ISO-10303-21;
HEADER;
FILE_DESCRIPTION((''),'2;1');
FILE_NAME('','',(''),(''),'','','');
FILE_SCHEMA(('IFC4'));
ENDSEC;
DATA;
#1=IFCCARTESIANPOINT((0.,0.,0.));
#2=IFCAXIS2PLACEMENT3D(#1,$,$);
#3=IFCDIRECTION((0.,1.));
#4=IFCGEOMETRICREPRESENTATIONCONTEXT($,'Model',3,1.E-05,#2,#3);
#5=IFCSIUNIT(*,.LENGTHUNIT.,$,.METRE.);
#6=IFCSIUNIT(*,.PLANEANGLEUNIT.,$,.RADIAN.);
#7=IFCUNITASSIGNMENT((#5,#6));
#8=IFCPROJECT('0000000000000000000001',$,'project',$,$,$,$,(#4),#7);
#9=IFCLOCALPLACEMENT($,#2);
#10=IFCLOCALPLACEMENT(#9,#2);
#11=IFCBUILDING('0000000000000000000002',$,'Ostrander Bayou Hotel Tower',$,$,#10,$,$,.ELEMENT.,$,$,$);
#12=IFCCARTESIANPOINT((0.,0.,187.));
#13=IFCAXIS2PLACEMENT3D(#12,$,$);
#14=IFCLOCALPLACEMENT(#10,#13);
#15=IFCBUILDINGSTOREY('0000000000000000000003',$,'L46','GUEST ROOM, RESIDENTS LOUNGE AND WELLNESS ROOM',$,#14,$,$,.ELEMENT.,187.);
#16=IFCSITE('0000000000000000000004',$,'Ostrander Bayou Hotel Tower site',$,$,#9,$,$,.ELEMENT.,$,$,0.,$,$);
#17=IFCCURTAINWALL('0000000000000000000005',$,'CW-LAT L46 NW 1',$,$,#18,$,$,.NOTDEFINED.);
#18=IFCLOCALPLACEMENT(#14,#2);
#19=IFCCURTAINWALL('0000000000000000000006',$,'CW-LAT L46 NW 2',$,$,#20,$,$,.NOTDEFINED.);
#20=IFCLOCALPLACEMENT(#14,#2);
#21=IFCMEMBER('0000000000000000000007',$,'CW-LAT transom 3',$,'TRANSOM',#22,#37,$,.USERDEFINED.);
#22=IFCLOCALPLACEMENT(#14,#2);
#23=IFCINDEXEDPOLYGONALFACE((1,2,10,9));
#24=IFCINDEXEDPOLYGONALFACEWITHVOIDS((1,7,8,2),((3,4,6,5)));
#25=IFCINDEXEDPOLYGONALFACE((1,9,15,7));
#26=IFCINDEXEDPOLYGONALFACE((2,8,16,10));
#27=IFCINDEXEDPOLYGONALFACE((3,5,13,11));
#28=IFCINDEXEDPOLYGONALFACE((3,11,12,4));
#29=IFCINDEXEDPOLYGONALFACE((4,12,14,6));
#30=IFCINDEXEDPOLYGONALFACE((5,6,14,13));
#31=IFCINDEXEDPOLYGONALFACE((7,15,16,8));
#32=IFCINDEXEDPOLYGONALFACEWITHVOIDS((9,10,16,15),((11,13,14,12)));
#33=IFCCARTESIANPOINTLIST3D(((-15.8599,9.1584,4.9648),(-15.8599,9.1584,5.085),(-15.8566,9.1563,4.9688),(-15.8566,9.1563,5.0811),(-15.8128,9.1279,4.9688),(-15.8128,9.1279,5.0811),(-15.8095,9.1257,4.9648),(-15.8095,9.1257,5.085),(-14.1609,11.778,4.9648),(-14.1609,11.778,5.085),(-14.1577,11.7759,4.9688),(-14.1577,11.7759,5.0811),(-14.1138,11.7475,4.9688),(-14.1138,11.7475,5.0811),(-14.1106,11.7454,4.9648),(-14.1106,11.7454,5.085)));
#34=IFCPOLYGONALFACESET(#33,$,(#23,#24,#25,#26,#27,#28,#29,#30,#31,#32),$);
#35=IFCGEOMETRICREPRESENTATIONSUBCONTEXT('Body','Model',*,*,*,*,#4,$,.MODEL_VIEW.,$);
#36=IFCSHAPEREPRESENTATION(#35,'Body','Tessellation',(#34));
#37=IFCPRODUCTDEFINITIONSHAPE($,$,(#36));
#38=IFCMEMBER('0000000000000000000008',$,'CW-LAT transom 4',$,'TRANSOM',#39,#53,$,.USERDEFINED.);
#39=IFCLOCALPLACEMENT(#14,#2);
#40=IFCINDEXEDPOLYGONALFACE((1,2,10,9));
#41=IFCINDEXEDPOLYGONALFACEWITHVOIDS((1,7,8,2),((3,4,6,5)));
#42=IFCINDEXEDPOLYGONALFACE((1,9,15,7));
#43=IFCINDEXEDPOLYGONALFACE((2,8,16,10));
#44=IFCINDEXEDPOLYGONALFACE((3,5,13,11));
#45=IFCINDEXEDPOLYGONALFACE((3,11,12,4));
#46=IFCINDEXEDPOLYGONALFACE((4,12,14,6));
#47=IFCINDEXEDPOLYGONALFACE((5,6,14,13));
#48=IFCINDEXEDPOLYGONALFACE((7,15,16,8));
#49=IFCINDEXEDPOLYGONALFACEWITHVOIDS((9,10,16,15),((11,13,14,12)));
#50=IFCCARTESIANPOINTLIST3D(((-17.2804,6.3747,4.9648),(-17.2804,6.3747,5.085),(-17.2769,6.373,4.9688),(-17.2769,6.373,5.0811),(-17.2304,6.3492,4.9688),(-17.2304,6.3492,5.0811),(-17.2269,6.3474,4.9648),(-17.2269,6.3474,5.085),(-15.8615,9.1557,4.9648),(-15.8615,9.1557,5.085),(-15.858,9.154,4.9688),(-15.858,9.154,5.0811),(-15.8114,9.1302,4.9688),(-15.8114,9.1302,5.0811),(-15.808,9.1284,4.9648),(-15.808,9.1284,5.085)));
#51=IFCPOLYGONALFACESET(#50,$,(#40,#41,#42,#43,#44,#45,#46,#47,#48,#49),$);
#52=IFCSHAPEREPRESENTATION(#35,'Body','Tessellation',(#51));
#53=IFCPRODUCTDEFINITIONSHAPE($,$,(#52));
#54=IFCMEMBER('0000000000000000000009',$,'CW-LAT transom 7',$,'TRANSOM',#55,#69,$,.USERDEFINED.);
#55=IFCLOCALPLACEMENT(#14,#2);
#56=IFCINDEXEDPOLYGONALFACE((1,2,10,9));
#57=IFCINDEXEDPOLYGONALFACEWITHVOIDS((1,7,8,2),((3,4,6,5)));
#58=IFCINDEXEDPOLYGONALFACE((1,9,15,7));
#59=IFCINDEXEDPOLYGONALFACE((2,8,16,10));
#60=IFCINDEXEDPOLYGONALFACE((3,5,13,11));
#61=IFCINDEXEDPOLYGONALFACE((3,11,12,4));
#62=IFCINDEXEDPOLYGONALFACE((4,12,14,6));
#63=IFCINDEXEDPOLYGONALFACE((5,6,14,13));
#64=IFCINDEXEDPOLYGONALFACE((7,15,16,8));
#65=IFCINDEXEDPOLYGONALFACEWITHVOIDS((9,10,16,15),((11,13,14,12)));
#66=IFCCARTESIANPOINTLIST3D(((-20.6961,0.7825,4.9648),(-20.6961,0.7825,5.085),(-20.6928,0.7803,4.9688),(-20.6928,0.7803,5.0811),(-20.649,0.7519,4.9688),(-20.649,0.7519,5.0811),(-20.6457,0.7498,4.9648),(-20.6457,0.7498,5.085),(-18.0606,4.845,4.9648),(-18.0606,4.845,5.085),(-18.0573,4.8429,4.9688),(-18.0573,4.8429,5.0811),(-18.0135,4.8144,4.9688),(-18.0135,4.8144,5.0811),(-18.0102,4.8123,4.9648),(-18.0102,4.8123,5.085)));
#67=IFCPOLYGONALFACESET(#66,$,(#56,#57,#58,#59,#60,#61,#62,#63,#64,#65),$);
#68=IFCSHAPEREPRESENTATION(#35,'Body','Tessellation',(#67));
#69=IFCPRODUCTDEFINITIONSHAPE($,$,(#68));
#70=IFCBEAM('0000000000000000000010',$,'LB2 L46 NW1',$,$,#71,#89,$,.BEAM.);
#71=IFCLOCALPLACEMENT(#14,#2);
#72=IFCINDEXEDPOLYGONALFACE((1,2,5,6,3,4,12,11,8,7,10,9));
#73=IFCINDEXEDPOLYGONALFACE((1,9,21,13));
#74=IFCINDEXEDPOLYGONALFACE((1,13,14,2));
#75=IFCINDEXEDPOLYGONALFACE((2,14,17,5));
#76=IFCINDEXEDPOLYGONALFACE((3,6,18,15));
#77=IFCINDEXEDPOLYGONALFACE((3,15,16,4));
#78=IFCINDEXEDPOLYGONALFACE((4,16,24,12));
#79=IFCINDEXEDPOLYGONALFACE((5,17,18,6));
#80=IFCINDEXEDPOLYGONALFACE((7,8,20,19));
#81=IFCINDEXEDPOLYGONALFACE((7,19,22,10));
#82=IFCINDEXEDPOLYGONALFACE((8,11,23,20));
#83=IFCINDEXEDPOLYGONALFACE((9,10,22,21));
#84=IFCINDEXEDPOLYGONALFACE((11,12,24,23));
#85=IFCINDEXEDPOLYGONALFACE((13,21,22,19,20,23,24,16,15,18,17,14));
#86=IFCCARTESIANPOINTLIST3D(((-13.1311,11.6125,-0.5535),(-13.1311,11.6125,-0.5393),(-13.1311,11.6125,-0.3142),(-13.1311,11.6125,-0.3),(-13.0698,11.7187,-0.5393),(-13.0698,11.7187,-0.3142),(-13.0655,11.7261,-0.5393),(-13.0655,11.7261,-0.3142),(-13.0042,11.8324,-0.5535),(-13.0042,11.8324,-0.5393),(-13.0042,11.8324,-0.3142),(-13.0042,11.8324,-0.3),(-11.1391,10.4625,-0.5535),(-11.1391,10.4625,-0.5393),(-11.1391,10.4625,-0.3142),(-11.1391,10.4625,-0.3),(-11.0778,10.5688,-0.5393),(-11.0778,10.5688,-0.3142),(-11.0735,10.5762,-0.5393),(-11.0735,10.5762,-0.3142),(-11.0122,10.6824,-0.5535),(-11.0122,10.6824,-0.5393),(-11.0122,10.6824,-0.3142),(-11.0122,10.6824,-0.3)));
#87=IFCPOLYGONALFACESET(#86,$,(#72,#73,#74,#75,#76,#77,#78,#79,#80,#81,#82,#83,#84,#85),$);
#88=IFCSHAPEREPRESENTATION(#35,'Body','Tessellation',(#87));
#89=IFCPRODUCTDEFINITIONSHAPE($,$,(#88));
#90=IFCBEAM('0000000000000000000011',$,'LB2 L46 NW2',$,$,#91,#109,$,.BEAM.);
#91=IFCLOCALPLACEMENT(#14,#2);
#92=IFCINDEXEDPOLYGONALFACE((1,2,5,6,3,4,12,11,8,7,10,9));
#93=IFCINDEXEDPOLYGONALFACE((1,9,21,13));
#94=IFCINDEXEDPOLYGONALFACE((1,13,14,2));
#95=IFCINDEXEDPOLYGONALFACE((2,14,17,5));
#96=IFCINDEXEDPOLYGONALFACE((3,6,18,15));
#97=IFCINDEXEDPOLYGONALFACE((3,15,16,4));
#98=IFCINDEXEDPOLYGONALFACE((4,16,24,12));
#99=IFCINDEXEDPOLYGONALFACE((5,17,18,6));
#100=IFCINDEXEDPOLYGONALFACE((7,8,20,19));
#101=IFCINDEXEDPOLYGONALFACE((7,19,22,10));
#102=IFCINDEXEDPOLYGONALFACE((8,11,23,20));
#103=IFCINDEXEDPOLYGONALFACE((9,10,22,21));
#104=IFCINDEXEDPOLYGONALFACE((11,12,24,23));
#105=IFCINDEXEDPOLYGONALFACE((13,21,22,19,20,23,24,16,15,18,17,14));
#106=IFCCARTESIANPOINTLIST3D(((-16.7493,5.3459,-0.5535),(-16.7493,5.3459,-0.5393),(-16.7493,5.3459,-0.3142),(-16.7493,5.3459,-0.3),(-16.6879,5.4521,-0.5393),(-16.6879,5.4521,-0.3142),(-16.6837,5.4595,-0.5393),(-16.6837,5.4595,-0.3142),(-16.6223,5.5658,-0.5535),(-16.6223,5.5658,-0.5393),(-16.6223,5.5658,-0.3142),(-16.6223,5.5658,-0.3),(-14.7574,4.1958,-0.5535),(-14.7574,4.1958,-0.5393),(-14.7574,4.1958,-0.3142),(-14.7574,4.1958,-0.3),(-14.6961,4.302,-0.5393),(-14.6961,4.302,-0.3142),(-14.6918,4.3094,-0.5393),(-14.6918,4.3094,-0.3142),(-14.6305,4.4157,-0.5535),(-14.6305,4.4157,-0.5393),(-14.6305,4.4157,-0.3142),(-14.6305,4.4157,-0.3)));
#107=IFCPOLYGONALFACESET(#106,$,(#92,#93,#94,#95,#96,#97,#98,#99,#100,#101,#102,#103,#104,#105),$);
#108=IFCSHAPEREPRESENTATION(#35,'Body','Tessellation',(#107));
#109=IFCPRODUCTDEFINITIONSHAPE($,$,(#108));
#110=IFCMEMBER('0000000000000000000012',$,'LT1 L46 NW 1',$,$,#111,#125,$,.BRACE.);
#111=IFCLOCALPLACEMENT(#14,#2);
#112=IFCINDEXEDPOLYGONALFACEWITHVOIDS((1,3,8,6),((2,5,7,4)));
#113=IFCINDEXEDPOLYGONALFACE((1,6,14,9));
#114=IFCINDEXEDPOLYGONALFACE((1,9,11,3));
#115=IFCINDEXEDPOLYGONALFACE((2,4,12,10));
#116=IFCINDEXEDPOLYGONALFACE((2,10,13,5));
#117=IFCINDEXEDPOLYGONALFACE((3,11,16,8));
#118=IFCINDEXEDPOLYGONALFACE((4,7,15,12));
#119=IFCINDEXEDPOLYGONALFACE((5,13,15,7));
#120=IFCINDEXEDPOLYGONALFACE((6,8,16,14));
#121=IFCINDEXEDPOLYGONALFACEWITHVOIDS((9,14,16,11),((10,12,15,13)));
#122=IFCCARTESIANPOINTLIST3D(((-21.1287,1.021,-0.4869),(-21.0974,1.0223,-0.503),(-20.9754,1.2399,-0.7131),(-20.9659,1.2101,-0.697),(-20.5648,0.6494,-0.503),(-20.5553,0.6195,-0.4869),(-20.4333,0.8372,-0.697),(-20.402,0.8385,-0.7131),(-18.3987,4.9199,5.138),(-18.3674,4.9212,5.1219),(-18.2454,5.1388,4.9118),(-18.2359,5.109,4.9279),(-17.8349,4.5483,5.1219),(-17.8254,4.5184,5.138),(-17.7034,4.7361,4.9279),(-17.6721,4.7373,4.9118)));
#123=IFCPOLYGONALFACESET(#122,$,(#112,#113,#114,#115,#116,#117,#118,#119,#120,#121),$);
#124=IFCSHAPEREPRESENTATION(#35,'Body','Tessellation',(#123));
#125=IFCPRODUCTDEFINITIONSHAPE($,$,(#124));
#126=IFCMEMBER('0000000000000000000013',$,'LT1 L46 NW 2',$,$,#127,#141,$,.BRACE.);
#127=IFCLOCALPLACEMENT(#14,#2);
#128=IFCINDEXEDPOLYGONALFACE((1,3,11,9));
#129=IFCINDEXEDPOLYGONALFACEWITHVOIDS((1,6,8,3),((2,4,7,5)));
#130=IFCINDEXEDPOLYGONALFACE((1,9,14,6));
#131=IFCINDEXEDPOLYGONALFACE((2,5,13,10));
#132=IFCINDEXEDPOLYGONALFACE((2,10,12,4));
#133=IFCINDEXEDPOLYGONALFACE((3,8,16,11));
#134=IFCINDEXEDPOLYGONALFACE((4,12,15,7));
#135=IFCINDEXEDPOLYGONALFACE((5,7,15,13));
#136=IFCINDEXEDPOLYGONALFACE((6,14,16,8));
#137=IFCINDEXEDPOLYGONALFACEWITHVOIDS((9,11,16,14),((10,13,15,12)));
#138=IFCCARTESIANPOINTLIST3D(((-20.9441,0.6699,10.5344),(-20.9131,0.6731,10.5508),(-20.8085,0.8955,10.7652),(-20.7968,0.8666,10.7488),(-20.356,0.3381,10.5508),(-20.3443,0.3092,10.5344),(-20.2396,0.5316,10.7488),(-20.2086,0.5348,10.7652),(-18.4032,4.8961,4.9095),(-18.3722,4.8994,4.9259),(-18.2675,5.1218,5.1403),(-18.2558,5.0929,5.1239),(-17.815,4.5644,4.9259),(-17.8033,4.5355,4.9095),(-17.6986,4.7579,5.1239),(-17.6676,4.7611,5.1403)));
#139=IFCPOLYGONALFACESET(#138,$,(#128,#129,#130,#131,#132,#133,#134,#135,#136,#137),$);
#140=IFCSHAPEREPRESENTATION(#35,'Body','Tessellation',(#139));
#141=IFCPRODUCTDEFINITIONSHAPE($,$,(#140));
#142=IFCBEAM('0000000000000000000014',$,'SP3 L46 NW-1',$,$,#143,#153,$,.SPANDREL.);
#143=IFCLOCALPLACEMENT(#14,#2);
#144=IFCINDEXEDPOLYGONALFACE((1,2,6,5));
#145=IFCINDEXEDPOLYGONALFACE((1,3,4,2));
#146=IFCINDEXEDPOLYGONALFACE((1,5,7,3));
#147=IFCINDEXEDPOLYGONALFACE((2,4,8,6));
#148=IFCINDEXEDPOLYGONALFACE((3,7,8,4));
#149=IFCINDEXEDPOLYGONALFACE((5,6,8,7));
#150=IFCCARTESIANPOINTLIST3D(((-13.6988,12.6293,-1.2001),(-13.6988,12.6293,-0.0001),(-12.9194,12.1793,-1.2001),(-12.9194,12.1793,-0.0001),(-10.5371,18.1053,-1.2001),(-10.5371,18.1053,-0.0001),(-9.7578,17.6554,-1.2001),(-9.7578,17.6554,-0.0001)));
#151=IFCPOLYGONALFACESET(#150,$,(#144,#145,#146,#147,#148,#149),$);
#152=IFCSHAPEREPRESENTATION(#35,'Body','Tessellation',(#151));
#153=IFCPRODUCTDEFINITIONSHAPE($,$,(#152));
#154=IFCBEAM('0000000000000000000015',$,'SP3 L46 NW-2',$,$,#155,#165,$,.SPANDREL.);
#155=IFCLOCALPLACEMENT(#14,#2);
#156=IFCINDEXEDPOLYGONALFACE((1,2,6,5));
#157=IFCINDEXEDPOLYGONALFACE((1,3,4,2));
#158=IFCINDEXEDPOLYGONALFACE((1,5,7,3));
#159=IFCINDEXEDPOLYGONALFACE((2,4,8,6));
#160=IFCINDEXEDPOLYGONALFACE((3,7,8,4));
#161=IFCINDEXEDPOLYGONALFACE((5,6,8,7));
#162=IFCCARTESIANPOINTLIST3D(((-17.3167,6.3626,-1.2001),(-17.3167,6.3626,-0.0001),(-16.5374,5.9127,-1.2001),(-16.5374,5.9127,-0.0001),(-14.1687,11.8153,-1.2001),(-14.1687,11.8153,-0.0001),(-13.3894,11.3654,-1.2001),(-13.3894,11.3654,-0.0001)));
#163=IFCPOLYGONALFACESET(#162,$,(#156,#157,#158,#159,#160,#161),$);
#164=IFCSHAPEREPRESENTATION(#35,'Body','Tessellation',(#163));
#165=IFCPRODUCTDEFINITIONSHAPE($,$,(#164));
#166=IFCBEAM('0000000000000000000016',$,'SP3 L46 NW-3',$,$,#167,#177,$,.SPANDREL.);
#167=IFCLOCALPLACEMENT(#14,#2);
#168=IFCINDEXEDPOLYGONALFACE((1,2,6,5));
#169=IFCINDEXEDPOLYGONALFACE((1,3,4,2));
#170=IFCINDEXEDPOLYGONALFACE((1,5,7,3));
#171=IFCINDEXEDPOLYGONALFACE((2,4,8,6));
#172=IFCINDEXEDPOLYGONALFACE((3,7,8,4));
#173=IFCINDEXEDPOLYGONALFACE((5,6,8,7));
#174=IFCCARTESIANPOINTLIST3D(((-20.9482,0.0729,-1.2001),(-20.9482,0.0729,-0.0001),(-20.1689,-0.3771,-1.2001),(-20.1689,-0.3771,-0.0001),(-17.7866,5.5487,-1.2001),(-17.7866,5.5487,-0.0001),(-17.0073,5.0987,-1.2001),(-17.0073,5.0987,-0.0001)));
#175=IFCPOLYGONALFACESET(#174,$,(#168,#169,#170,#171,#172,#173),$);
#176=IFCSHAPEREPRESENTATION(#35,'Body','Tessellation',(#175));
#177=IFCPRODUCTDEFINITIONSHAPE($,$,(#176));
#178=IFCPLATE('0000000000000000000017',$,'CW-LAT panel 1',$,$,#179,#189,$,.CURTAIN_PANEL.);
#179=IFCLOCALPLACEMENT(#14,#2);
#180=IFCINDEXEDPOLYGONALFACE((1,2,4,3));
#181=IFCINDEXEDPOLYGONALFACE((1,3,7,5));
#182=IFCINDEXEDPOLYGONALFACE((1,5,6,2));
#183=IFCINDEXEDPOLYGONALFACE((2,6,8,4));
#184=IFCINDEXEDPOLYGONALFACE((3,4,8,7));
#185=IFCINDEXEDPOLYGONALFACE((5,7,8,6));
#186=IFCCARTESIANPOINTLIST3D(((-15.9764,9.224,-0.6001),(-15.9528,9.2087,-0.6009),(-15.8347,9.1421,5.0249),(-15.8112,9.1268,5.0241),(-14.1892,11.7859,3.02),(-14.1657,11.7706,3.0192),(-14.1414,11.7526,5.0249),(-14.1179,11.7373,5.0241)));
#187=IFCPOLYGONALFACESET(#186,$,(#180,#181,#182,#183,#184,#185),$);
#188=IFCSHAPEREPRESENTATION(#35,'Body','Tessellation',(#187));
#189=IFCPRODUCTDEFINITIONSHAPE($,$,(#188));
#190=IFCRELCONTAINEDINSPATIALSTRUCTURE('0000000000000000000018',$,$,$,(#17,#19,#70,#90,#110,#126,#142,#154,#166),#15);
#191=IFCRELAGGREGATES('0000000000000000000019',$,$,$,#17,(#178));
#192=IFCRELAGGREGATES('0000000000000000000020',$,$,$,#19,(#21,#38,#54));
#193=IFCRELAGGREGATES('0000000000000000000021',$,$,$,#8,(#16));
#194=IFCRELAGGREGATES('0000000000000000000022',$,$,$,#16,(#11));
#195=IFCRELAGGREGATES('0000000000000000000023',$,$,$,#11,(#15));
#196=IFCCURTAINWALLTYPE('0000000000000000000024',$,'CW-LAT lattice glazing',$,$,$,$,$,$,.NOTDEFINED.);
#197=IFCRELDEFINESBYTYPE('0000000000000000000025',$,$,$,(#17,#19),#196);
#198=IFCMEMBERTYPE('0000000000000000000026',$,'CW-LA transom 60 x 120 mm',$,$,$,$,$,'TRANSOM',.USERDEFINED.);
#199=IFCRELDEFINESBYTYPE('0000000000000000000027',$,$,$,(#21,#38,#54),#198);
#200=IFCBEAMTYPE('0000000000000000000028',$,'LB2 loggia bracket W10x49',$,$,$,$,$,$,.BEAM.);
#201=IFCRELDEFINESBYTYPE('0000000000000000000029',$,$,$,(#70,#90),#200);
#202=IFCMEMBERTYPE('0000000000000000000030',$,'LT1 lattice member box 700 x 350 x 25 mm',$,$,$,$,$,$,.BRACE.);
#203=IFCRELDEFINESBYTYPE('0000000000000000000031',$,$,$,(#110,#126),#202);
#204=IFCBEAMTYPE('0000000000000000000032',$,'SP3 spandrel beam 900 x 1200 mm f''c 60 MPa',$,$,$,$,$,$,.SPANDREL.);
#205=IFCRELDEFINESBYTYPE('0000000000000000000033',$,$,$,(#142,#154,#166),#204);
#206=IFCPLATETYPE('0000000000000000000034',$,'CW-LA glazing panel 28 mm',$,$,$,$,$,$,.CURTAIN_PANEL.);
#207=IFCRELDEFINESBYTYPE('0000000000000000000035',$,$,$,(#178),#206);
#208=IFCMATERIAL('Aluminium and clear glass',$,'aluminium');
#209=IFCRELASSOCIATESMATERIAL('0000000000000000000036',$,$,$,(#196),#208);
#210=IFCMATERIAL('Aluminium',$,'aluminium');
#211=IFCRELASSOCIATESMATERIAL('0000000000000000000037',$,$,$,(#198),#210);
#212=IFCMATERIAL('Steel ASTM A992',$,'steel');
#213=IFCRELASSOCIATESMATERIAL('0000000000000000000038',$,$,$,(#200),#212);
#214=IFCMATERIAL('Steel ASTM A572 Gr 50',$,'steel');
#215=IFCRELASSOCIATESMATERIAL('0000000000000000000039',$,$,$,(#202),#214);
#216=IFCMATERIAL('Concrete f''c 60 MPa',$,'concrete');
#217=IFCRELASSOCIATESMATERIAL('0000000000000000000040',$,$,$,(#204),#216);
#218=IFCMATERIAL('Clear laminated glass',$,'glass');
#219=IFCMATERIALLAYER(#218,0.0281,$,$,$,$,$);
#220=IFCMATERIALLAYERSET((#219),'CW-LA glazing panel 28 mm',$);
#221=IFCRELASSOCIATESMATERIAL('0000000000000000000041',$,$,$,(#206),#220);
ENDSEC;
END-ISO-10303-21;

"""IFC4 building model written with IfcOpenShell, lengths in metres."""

from ifc_helpers import new_model, si_unit, direction, frame, origin, origin_2d, place, context, subcontext, project, spatial, polyline, rectangle, hollow_rectangle, i_section, outline, extrude, material, layer, layer_set, material_profile, profile_set, type_object, element, aggregate, save


model = new_model("IFC4")

# Units and contexts
model_context = context("Model", 3, precision=1e-05, world=origin(), true_north=direction((0.0, 1.0)))
body_context = subcontext(model_context, "Body", "Model", "MODEL_VIEW")
ifc_project = project(units=[si_unit("LENGTHUNIT", "METRE"), si_unit("PLANEANGLEUNIT", "RADIAN")], contexts=[model_context])

# Site, building, storey
site_placement = place(None, origin())
site = spatial("IfcSite", under=ifc_project, at=site_placement, Name="Ostrander Bayou Hotel Tower site", CompositionType="ELEMENT", RefElevation=0.0)
building_placement = place(site_placement, origin())
building = spatial("IfcBuilding", under=site, at=building_placement, Name="Ostrander Bayou Hotel Tower", CompositionType="ELEMENT")
storey_placement = place(building_placement, frame((0.0, 0.0, 187.0)))
storey = spatial("IfcBuildingStorey", under=building, at=storey_placement, Name="L46", Description="GUEST ROOM, RESIDENTS LOUNGE AND WELLNESS ROOM", CompositionType="ELEMENT", Elevation=187.0)

# Curtain walls, members
ifc_material_1 = material(Name="Aluminium and clear glass", Category="aluminium")
curtain_wall_type = type_object("IfcCurtainWallType", Name="CW-LAT lattice glazing", PredefinedType="NOTDEFINED", material=ifc_material_1)
curtain_wall_1_placement = place(storey_placement, origin())
curtain_wall_1 = element("IfcCurtainWall", 1, at=curtain_wall_1_placement, inside=storey, type_object=curtain_wall_type, Name="CW-LAT L46 NW 1", PredefinedType="NOTDEFINED")
curtain_wall_2_placement = place(storey_placement, origin())
curtain_wall_2 = element("IfcCurtainWall", 2, at=curtain_wall_2_placement, inside=storey, type_object=curtain_wall_type, Name="CW-LAT L46 NW 2", PredefinedType="NOTDEFINED")
ifc_material_2 = material(Name="Aluminium", Category="aluminium")
ifc_material_profile_1 = material_profile(ifc_material_2, hollow_rectangle(XDim=0.0601, YDim=0.1201, WallThickness=0.0039, at=origin_2d()))
ifc_profile_set_1 = profile_set([ifc_material_profile_1], Name="Aluminium")
member_type_1 = type_object("IfcMemberType", Name="CW-LA transom 60 x 120 mm", ElementType="TRANSOM", PredefinedType="USERDEFINED", material=ifc_profile_set_1)
member_1_placement = place(storey_placement, frame((-15.8347, 9.1421, 5.0249), z_axis=(0.544136, 0.838997, 0.0), x_axis=(-0.838997, 0.544136, 0.0)))
member_1 = element("IfcMember", 3, at=member_1_placement, type_object=member_type_1, Name="CW-LAT transom 3", ObjectType="TRANSOM", PredefinedType="USERDEFINED", context=body_context, shape_type="SweptSolid", body=[
    extrude(hollow_rectangle(XDim=0.0601, YDim=0.1201, WallThickness=0.0039, at=origin_2d()), origin(), (0.0, 0.0, 1.0), 3.1223),
])
member_2_placement = place(storey_placement, frame((-15.8347, 9.1421, 5.0249), z_axis=(-0.454487, -0.890753, 0.0), x_axis=(0.890753, -0.454487, 0.0)))
member_2 = element("IfcMember", 4, at=member_2_placement, type_object=member_type_1, Name="CW-LAT transom 4", ObjectType="TRANSOM", PredefinedType="USERDEFINED", context=body_context, shape_type="SweptSolid", body=[
    extrude(hollow_rectangle(XDim=0.0601, YDim=0.1201, WallThickness=0.0039, at=origin_2d()), origin(), (0.0, 0.0, 1.0), 3.1221),
])
member_3_placement = place(storey_placement, frame((-20.6709, 0.7661, 5.0249), z_axis=(0.544244, 0.838927, 0.0), x_axis=(-0.838927, 0.544244, 0.0)))
member_3 = element("IfcMember", 5, at=member_3_placement, type_object=member_type_1, Name="CW-LAT transom 7", ObjectType="TRANSOM", PredefinedType="USERDEFINED", context=body_context, shape_type="SweptSolid", body=[
    extrude(hollow_rectangle(XDim=0.0601, YDim=0.1201, WallThickness=0.0039, at=origin_2d()), origin(), (0.0, 0.0, 1.0), 4.8425),
])

# Beams
ifc_material_3 = material(Name="Steel ASTM A992", Category="steel")
ifc_material_profile_2 = material_profile(ifc_material_3, i_section(OverallWidth=0.2539, OverallDepth=0.2534, WebThickness=0.0085, FlangeThickness=0.0142, at=origin_2d()))
ifc_profile_set_2 = profile_set([ifc_material_profile_2], Name="Steel ASTM A992")
beam_type_1 = type_object("IfcBeamType", Name="LB2 loggia bracket W10x49", PredefinedType="BEAM", material=ifc_profile_set_2)
for number, where, z_axis, x_axis, name in (
    (6, (-13.0676, 11.7224, -0.4268), (0.866053, -0.499952, 0.0), (0.499952, 0.866053, 0.0), "LB2 L46 NW1"),
    (7, (-16.6858, 5.4558, -0.4268), (0.866007, -0.500032, 0.0), (0.500032, 0.866007, 0.0), "LB2 L46 NW2"),
):
    element("IfcBeam", number, at=place(storey_placement, frame(where, z_axis=z_axis, x_axis=x_axis)), inside=storey, type_object=beam_type_1, Name=name, PredefinedType="BEAM", context=body_context, shape_type="SweptSolid", body=[
        extrude(i_section(OverallWidth=0.2539, OverallDepth=0.2534, WebThickness=0.0085, FlangeThickness=0.0142, at=origin_2d()), origin(), (0.0, 0.0, 1.0), 2.3),
    ])

# Members
ifc_material_4 = material(Name="Steel ASTM A572 Gr 50", Category="steel")
ifc_material_profile_3 = material_profile(ifc_material_4, hollow_rectangle(XDim=0.7, YDim=0.3501, WallThickness=0.0249, at=origin_2d()))
ifc_profile_set_3 = profile_set([ifc_material_profile_3], Name="Steel ASTM A572 Gr 50")
member_type_2 = type_object("IfcMemberType", Name="LT1 lattice member box 700 x 350 x 25 mm", PredefinedType="BRACE", material=ifc_profile_set_3)
member_4_placement = place(storey_placement, frame((-18.0354, 4.8286, 5.0249), z_axis=(-0.370493, -0.529133, -0.763383), x_axis=(0.81916, -0.573566, 0.0)))
element("IfcMember", 8, at=member_4_placement, inside=storey, type_object=member_type_2, Name="LT1 L46 NW 1", PredefinedType="BRACE", context=body_context, shape_type="SweptSolid", body=[
    extrude(hollow_rectangle(XDim=0.7, YDim=0.3501, WallThickness=0.0249, at=origin_2d()), origin(), (0.0, 0.0, 1.0), 7.3684),
])
member_5_placement = place(storey_placement, frame((-18.0354, 4.8286, 5.0249), z_axis=(-0.339681, -0.564972, 0.751947), x_axis=(0.857025, -0.515275, 0.0)))
element("IfcMember", 9, at=member_5_placement, inside=storey, type_object=member_type_2, Name="LT1 L46 NW 2", PredefinedType="BRACE", context=body_context, shape_type="SweptSolid", body=[
    extrude(hollow_rectangle(XDim=0.7, YDim=0.3501, WallThickness=0.0249, at=origin_2d()), origin(), (0.0, 0.0, 1.0), 7.4805),
])

# Beams
ifc_material_5 = material(Name="Concrete f'c 60 MPa", Category="concrete")
ifc_material_profile_4 = material_profile(ifc_material_5, rectangle(XDim=0.8999, YDim=1.2, at=origin_2d()))
ifc_profile_set_4 = profile_set([ifc_material_profile_4], Name="Concrete f'c 60 MPa")
beam_type_2 = type_object("IfcBeamType", Name="SP3 spandrel beam 900 x 1200 mm f'c 60 MPa", PredefinedType="SPANDREL", material=ifc_profile_set_4)
beam_1_placement = place(storey_placement, frame((-10.1475, 17.8804, -0.6001), z_axis=(-0.500001, -0.866025, 0.0), x_axis=(0.866025, -0.500001, 0.0)))
element("IfcBeam", 10, at=beam_1_placement, inside=storey, type_object=beam_type_2, Name="SP3 L46 NW-1", PredefinedType="SPANDREL", context=body_context, shape_type="SweptSolid", body=[
    extrude(rectangle(XDim=0.8999, YDim=1.2, at=origin_2d()), origin(), (0.0, 0.0, 1.0), 6.3232),
])
beam_2_placement = place(storey_placement, frame((-13.7791, 11.5903, -0.6001), z_axis=(-0.499984, -0.866034, 0.0), x_axis=(0.866034, -0.499984, 0.0)))
element("IfcBeam", 11, at=beam_2_placement, inside=storey, type_object=beam_type_2, Name="SP3 L46 NW-2", PredefinedType="SPANDREL", context=body_context, shape_type="SweptSolid", body=[
    extrude(rectangle(XDim=0.8999, YDim=1.2, at=origin_2d()), origin(), (0.0, 0.0, 1.0), 6.2961),
])
beam_3_placement = place(storey_placement, frame((-17.397, 5.3237, -0.6001), z_axis=(-0.500018, -0.866015, 0.0), x_axis=(0.866015, -0.500018, 0.0)))
element("IfcBeam", 12, at=beam_3_placement, inside=storey, type_object=beam_type_2, Name="SP3 L46 NW-3", PredefinedType="SPANDREL", context=body_context, shape_type="SweptSolid", body=[
    extrude(rectangle(XDim=0.8999, YDim=1.2, at=origin_2d()), origin(), (0.0, 0.0, 1.0), 6.323),
])

# Plate
ifc_material_6 = material(Name="Clear laminated glass", Category="glass")
ifc_layer_1 = layer(ifc_material_6, 0.0281)
ifc_layer_set_1 = layer_set([ifc_layer_1], Name="CW-LA glazing panel 28 mm")
plate_type = type_object("IfcPlateType", Name="CW-LA glazing panel 28 mm", PredefinedType="CURTAIN_PANEL", material=ifc_layer_set_1)
plate_1_placement = place(storey_placement, frame((-14.1892, 11.7859, 3.02), z_axis=(-0.838602, 0.543969, 0.029038), x_axis=(-0.373767, -0.535796, -0.757114)))
plate_1 = element("IfcPlate", 13, at=plate_1_placement, type_object=plate_type, Name="CW-LAT panel 1", PredefinedType="CURTAIN_PANEL", context=body_context, shape_type="SweptSolid", body=[
    extrude(outline(polyline([(0.0, 0.0), (4.7815, 0.0), (0.5136, 3.6678), (-1.5179, 1.311), (0.0, 0.0)])), origin(), (0.0, 0.0, -1.0), 0.0281),
])

aggregate(curtain_wall_1, [plate_1])
aggregate(curtain_wall_2, [member_1, member_2, member_3])

save(model, "model.ifc")
